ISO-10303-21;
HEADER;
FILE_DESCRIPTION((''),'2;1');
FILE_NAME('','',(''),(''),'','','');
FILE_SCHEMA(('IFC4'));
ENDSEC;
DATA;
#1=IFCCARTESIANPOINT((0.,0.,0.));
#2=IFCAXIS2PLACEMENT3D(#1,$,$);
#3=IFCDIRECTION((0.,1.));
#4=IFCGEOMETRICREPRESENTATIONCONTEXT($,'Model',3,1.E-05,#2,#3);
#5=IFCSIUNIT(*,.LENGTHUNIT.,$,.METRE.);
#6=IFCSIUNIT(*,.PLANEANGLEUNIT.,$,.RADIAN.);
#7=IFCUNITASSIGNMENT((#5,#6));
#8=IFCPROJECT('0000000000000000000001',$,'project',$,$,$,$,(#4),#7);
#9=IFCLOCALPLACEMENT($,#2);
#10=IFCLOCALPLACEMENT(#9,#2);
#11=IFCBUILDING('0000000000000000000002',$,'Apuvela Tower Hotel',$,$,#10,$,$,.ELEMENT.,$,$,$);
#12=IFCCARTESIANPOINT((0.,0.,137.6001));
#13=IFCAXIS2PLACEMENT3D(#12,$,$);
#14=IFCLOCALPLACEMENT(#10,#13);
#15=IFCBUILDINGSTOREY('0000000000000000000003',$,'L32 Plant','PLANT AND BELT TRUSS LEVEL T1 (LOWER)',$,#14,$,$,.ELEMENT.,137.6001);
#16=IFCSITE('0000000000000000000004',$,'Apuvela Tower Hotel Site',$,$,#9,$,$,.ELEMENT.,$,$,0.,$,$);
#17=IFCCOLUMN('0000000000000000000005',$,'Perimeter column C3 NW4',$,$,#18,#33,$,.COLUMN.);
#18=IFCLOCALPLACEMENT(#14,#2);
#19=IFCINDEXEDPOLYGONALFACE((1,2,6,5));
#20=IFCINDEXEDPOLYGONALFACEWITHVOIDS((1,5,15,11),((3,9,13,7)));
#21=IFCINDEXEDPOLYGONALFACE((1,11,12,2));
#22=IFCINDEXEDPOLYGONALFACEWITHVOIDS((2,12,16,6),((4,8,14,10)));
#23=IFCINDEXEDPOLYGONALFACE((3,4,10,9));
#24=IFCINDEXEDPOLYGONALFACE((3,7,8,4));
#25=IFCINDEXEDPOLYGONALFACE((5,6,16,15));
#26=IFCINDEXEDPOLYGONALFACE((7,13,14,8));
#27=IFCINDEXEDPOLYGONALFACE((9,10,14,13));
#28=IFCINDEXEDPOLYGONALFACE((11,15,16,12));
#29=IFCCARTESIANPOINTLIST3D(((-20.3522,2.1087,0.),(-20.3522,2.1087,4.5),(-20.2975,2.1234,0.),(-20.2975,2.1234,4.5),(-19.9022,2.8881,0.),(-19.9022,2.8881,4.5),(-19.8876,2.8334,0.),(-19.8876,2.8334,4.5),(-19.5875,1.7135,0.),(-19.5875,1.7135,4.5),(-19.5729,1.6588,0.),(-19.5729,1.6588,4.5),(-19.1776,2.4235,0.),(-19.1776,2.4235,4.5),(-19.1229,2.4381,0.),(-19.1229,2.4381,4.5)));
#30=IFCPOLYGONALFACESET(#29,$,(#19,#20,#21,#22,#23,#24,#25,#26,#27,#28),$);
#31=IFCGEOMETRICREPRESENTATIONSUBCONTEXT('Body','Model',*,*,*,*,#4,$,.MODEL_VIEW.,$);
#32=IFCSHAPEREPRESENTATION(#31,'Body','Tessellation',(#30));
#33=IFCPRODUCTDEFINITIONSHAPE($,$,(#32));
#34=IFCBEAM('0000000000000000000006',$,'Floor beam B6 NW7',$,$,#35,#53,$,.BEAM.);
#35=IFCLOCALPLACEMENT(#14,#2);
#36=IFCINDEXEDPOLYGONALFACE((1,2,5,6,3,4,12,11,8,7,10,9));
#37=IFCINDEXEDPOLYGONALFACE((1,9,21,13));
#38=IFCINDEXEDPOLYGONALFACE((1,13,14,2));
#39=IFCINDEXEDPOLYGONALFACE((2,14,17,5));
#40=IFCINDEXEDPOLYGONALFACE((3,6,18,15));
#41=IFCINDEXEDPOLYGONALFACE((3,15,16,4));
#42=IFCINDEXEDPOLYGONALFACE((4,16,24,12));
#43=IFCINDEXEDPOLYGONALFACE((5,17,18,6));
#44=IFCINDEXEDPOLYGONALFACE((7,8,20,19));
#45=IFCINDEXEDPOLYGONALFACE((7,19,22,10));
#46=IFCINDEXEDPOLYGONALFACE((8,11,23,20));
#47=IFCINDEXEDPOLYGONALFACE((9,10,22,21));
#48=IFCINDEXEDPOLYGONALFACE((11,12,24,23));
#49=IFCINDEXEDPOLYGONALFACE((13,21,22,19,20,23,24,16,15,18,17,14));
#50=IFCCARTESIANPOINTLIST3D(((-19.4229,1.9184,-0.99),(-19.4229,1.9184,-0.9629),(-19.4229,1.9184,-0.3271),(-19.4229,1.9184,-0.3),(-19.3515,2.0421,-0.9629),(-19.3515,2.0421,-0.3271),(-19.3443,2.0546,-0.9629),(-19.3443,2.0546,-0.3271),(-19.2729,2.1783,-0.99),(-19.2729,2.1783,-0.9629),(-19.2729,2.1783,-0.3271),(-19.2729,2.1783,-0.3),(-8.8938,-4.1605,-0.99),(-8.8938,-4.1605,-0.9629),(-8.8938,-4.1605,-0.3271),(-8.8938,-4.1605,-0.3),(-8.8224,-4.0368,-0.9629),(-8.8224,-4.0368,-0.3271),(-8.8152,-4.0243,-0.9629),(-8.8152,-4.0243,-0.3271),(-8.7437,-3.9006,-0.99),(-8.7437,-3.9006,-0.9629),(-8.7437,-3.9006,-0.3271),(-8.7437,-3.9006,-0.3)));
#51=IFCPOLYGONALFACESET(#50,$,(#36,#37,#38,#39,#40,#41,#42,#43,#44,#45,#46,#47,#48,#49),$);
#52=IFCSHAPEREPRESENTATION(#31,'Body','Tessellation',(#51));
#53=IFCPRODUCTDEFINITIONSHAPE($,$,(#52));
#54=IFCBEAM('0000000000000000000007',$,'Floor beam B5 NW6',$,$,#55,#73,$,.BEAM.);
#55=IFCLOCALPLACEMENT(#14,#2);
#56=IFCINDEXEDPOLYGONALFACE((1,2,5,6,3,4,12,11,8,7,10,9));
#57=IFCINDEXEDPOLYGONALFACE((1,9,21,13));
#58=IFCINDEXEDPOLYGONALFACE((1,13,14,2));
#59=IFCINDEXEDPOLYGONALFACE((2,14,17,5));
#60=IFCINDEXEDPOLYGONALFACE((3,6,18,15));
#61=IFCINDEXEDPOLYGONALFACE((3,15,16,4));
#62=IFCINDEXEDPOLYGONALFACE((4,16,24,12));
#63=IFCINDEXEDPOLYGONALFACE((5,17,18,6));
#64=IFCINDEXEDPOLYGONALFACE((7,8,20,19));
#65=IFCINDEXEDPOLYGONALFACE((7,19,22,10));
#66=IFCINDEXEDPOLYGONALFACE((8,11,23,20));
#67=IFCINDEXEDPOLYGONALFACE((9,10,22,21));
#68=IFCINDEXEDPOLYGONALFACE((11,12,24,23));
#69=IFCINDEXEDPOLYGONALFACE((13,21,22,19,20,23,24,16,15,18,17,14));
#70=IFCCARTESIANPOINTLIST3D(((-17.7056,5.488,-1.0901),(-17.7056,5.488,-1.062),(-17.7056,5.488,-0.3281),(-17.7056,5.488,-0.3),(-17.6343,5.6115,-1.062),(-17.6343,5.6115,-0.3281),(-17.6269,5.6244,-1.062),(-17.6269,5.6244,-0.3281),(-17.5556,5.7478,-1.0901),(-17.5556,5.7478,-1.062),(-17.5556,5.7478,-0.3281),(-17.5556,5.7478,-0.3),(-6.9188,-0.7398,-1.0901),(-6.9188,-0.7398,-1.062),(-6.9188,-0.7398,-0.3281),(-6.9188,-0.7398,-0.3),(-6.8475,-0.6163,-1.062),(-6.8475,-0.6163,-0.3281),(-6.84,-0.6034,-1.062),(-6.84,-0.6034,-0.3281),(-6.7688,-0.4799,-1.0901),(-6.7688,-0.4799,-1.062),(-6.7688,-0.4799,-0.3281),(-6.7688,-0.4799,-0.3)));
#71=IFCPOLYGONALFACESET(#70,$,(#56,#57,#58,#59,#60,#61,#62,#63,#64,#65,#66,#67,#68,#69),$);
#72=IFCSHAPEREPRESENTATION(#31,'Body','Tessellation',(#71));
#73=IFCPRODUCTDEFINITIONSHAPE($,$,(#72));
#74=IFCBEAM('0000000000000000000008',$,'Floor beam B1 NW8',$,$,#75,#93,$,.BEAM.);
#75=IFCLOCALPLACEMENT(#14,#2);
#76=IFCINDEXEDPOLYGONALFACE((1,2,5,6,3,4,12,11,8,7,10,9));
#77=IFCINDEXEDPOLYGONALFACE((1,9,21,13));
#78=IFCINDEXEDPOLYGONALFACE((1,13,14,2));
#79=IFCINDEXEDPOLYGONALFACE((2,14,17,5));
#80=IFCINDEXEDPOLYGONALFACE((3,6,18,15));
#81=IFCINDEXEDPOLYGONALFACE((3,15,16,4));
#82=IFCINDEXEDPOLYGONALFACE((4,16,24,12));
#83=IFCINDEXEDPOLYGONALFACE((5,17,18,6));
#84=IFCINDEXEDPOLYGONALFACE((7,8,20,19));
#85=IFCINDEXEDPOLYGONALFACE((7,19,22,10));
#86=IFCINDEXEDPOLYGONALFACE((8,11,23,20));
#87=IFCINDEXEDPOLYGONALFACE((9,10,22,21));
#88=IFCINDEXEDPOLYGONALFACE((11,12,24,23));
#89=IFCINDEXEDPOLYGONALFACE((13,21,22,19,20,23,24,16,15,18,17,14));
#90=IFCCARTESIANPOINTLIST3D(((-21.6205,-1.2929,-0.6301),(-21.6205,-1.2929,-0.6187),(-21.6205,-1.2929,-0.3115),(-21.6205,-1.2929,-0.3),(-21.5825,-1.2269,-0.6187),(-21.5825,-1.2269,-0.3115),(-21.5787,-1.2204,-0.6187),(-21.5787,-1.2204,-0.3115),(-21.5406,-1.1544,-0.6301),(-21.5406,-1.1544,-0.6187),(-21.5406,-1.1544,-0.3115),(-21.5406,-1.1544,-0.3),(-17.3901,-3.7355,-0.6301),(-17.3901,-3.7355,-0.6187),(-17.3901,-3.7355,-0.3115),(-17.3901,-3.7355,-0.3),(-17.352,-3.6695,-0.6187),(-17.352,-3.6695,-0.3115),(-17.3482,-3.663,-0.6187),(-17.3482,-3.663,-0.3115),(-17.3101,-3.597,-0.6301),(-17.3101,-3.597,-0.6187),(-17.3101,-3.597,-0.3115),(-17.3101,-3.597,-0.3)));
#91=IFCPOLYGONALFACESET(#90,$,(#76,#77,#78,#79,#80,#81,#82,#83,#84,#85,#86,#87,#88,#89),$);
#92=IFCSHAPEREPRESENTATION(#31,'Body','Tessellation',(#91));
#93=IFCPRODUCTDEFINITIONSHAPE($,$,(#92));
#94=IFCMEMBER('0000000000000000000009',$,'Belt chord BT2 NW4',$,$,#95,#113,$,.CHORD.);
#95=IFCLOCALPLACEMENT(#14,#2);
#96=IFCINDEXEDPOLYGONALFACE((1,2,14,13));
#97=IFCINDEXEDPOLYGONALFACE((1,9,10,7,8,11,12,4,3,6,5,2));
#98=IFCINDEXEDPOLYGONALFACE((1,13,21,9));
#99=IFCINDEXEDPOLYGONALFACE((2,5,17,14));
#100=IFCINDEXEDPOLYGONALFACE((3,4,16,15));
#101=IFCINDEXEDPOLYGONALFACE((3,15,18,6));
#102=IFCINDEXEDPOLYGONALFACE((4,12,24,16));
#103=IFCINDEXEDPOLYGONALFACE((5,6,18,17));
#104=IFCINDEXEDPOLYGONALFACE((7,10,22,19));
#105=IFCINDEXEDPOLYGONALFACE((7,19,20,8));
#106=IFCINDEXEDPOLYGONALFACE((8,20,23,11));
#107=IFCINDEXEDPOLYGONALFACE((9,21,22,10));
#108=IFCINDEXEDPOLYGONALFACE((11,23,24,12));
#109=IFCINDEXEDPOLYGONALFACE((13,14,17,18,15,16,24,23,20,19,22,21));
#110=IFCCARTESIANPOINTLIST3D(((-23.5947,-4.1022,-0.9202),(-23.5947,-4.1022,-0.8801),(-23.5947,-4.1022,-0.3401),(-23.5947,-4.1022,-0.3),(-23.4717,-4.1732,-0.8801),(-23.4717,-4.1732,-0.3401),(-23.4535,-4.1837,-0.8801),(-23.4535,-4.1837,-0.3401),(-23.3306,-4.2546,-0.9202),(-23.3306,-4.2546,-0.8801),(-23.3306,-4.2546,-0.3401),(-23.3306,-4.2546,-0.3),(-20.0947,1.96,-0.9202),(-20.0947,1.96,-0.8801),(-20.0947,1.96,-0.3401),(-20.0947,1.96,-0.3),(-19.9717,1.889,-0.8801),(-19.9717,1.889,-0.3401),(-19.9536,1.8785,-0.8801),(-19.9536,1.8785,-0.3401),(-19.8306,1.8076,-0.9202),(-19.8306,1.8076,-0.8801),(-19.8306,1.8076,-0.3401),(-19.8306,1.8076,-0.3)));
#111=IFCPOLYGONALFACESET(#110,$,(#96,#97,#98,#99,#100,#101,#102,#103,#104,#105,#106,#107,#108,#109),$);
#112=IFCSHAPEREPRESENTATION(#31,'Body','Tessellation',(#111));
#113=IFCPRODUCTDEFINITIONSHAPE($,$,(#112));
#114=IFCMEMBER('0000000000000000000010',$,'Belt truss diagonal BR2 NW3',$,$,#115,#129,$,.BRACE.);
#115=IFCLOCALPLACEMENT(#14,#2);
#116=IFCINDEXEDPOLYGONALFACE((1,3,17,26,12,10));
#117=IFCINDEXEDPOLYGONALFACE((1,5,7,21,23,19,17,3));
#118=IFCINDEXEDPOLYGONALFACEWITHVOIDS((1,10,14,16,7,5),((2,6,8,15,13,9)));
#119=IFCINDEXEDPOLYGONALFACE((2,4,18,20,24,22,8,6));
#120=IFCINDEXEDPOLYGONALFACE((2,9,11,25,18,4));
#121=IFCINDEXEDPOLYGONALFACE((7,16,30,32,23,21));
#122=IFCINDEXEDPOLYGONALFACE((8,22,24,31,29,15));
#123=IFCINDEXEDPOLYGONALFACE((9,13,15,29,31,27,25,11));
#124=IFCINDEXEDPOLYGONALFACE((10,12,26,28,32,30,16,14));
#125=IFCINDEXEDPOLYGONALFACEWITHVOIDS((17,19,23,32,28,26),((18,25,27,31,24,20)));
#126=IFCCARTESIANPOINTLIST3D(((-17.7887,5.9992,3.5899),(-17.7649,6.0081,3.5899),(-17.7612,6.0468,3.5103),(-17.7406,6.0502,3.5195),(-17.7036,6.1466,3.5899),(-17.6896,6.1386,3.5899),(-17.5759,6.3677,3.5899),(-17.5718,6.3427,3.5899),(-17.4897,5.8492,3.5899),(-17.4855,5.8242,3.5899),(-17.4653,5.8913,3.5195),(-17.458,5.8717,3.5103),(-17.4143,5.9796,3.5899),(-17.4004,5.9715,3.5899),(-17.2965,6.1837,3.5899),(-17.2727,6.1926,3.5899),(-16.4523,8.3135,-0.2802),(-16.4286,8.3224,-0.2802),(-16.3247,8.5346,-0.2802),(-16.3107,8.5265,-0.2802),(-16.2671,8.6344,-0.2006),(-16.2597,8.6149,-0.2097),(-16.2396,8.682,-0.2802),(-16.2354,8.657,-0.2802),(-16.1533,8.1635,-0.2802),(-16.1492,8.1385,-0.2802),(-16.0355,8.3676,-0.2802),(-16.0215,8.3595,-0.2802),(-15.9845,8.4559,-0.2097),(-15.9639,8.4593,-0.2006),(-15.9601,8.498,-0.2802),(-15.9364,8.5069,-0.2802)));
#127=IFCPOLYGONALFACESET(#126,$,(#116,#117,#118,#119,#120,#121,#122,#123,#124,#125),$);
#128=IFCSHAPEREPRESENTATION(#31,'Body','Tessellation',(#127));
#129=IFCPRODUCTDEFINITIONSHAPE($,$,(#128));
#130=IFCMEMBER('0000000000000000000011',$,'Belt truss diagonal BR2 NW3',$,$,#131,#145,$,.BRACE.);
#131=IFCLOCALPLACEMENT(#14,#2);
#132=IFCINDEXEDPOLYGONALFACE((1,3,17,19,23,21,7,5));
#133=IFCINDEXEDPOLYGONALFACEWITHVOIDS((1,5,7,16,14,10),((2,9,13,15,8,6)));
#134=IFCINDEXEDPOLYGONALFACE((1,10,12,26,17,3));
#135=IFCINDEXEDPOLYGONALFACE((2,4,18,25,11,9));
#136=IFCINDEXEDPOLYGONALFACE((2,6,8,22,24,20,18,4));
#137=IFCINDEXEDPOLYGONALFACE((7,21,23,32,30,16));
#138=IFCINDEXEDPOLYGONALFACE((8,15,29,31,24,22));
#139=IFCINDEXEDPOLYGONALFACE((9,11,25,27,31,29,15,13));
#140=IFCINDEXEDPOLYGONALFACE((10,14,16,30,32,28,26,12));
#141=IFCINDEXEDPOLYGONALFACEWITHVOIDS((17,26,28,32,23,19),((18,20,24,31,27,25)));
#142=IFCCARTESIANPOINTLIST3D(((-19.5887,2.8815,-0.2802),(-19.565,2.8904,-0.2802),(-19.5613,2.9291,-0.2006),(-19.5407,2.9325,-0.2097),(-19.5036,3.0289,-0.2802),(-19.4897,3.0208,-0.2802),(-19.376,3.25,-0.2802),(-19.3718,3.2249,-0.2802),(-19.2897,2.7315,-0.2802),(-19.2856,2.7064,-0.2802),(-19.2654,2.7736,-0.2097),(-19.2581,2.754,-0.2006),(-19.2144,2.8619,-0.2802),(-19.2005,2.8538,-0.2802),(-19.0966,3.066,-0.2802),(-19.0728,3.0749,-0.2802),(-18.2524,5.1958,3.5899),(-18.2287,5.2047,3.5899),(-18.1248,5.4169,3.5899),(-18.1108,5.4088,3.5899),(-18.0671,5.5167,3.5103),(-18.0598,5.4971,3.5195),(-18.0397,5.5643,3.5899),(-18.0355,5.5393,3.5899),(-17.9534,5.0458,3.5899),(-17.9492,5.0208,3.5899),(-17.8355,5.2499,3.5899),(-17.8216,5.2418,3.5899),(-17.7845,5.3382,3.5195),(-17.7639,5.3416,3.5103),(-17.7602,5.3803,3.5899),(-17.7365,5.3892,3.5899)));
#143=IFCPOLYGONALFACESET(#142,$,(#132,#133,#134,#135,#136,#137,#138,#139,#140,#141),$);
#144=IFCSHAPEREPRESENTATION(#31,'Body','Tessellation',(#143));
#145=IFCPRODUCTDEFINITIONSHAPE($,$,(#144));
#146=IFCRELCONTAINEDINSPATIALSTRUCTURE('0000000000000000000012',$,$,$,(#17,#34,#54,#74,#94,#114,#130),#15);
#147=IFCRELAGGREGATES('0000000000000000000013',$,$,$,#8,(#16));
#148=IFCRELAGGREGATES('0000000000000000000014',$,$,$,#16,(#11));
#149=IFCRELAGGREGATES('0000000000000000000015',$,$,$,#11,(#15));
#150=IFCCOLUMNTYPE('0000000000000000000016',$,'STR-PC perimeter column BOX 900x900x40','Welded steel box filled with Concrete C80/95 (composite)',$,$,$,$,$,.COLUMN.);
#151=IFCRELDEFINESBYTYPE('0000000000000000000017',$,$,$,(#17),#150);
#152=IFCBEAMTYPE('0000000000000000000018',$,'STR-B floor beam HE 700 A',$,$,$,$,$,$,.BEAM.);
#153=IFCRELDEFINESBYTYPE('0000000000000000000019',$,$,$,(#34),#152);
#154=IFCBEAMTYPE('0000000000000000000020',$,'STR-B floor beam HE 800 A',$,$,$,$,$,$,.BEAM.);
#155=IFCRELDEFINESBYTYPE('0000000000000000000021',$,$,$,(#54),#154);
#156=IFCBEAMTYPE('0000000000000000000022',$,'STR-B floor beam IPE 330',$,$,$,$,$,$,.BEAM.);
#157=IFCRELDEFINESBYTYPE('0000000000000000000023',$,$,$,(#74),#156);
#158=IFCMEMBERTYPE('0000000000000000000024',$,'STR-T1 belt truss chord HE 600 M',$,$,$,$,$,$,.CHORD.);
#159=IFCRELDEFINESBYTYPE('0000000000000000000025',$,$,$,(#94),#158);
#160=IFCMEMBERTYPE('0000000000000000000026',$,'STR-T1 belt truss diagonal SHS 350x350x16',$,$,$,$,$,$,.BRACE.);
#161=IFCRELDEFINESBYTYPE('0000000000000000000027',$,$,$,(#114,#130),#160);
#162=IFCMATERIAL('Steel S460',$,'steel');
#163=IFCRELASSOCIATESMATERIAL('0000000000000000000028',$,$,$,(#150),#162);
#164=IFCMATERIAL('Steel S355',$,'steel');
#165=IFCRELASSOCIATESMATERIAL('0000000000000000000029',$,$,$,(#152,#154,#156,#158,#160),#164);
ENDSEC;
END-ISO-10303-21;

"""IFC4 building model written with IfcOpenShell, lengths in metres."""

from ifc_helpers import new_model, si_unit, direction, frame, origin, origin_2d, place, context, subcontext, project, spatial, rectangle, hollow_rectangle, i_section, extrude, boolean, halfspace, material, material_profile, profile_set, type_object, element, save


model = new_model("IFC4")

# Units and contexts
model_context = context("Model", 3, precision=1e-05, world=origin(), true_north=direction((0.0, 1.0)))
body_context = subcontext(model_context, "Body", "Model", "MODEL_VIEW")
ifc_project = project(units=[si_unit("LENGTHUNIT", "METRE"), si_unit("PLANEANGLEUNIT", "RADIAN")], contexts=[model_context])

# Site, building, storey
site_placement = place(None, origin())
site = spatial("IfcSite", under=ifc_project, at=site_placement, Name="Apuvela Tower Hotel Site", CompositionType="ELEMENT", RefElevation=0.0)
building_placement = place(site_placement, origin())
building = spatial("IfcBuilding", under=site, at=building_placement, Name="Apuvela Tower Hotel", CompositionType="ELEMENT")
storey_placement = place(building_placement, frame((0.0, 0.0, 137.6001)))
storey = spatial("IfcBuildingStorey", under=building, at=storey_placement, Name="L32 Plant", Description="PLANT AND BELT TRUSS LEVEL T1 (LOWER)", CompositionType="ELEMENT", Elevation=137.6001)

# Column
ifc_material_1 = material(Name="Steel S460", Category="steel")
ifc_material_profile_1 = material_profile(ifc_material_1, hollow_rectangle(XDim=0.8999, YDim=0.8999, WallThickness=0.04, at=origin_2d()), Name="BOX 900x900x40")
ifc_material_2 = material(Name="Concrete C80/95", Category="concrete")
ifc_material_profile_2 = material_profile(ifc_material_2, rectangle(XDim=0.8201, YDim=0.8201, at=origin_2d()), Name="Concrete C80/95 infill")
ifc_profile_set_1 = profile_set([ifc_material_profile_1, ifc_material_profile_2], Name="Steel S460")
column_type = type_object("IfcColumnType", Name="STR-PC perimeter column BOX 900x900x40", Description="Welded steel box filled with Concrete C80/95 (composite)", PredefinedType="COLUMN", material=ifc_profile_set_1)
column_placement = place(storey_placement, frame((-19.7375, 2.2734, 0.0), z_axis=(0.0, 0.0, 1.0), x_axis=(0.5, 0.866025, 0.0)))
element("IfcColumn", 1, at=column_placement, inside=storey, type_object=column_type, Name="Perimeter column C3 NW4", PredefinedType="COLUMN", context=body_context, shape_type="SweptSolid", body=[
    extrude(hollow_rectangle(XDim=0.8999, YDim=0.8999, WallThickness=0.04, at=origin_2d()), origin(), (0.0, 0.0, 1.0), 4.5),
])

# Beams
ifc_material_3 = material(Name="Steel S355", Category="steel")
ifc_material_profile_3 = material_profile(ifc_material_3, i_section(OverallWidth=0.3, OverallDepth=0.6899, WebThickness=0.0144, FlangeThickness=0.0271, at=origin_2d()), Name="HE 700 A")
ifc_profile_set_2 = profile_set([ifc_material_profile_3], Name="Steel S355")
beam_type_1 = type_object("IfcBeamType", Name="STR-B floor beam HE 700 A", PredefinedType="BEAM", material=ifc_profile_set_2)
beam_1_placement = place(storey_placement, frame((-19.3479, 2.0483, -0.645), z_axis=(0.866029, -0.499994, 0.0), x_axis=(0.499994, 0.866029, 0.0)))
element("IfcBeam", 2, at=beam_1_placement, inside=storey, type_object=beam_type_1, Name="Floor beam B6 NW7", PredefinedType="BEAM", context=body_context, shape_type="SweptSolid", body=[
    extrude(i_section(OverallWidth=0.3, OverallDepth=0.6899, WebThickness=0.0144, FlangeThickness=0.0271, at=origin_2d()), origin(), (0.0, 0.0, 1.0), 12.158),
])
ifc_material_profile_4 = material_profile(ifc_material_3, i_section(OverallWidth=0.3, OverallDepth=0.79, WebThickness=0.0149, FlangeThickness=0.0281, at=origin_2d()), Name="HE 800 A")
ifc_profile_set_3 = profile_set([ifc_material_profile_4], Name="Steel S355")
beam_type_2 = type_object("IfcBeamType", Name="STR-B floor beam HE 800 A", PredefinedType="BEAM", material=ifc_profile_set_3)
beam_2_placement = place(storey_placement, frame((-17.6306, 5.6179, -0.6951), z_axis=(0.866026, -0.499999, 0.0), x_axis=(0.499999, 0.866026, 0.0)))
element("IfcBeam", 3, at=beam_2_placement, inside=storey, type_object=beam_type_2, Name="Floor beam B5 NW6", PredefinedType="BEAM", context=body_context, shape_type="SweptSolid", body=[
    extrude(i_section(OverallWidth=0.3, OverallDepth=0.79, WebThickness=0.0149, FlangeThickness=0.0281, at=origin_2d()), origin(), (0.0, 0.0, 1.0), 12.4556),
])
ifc_material_profile_5 = material_profile(ifc_material_3, i_section(OverallWidth=0.1599, OverallDepth=0.3301, WebThickness=0.0076, FlangeThickness=0.0115, at=origin_2d()), Name="IPE 330")
ifc_profile_set_4 = profile_set([ifc_material_profile_5], Name="Steel S355")
beam_type_3 = type_object("IfcBeamType", Name="STR-B floor beam IPE 330", PredefinedType="BEAM", material=ifc_profile_set_4)
beam_3_placement = place(storey_placement, frame((-21.5806, -1.2236, -0.4651), z_axis=(0.866011, -0.500025, 0.0), x_axis=(0.500025, 0.866011, 0.0)))
element("IfcBeam", 4, at=beam_3_placement, inside=storey, type_object=beam_type_3, Name="Floor beam B1 NW8", PredefinedType="BEAM", context=body_context, shape_type="SweptSolid", body=[
    extrude(i_section(OverallWidth=0.1599, OverallDepth=0.3301, WebThickness=0.0076, FlangeThickness=0.0115, at=origin_2d()), origin(), (0.0, 0.0, 1.0), 4.885),
])

# Members
ifc_material_profile_6 = material_profile(ifc_material_3, i_section(OverallWidth=0.3049, OverallDepth=0.6201, WebThickness=0.021, FlangeThickness=0.04, at=origin_2d()), Name="HE 600 M")
ifc_profile_set_5 = profile_set([ifc_material_profile_6], Name="Steel S355")
member_type_1 = type_object("IfcMemberType", Name="STR-T1 belt truss chord HE 600 M", PredefinedType="CHORD", material=ifc_profile_set_5)
member_1_placement = place(storey_placement, frame((-19.9626, 1.8838, -0.6101), z_axis=(-0.499995, -0.866028, 0.0), x_axis=(0.866028, -0.499995, 0.0)))
element("IfcMember", 5, at=member_1_placement, inside=storey, type_object=member_type_1, Name="Belt chord BT2 NW4", PredefinedType="CHORD", context=body_context, shape_type="SweptSolid", body=[
    extrude(i_section(OverallWidth=0.3049, OverallDepth=0.6201, WebThickness=0.021, FlangeThickness=0.04, at=origin_2d()), origin(), (0.0, 0.0, 1.0), 7.0),
])
ifc_material_profile_7 = material_profile(ifc_material_3, hollow_rectangle(XDim=0.3501, YDim=0.3501, WallThickness=0.0161, at=origin_2d()), Name="SHS 350x350x16")
ifc_profile_set_6 = profile_set([ifc_material_profile_7], Name="Steel S355")
member_type_2 = type_object("IfcMemberType", Name="STR-T1 belt truss diagonal SHS 350x350x16", PredefinedType="BRACE", material=ifc_profile_set_6)
member_2_placement = place(storey_placement, frame((-16.1875, 8.4221, -0.3), z_axis=(-0.284139, -0.49208, 0.822874), x_axis=(0.411477, 0.712607, 0.568224)))
solid_1 = boolean("DIFFERENCE", boolean("DIFFERENCE", extrude(hollow_rectangle(XDim=0.3501, YDim=0.3501, WallThickness=0.0161, at=origin_2d()), frame((0.0, 0.0, -0.2407)), (0.0, 0.0, 1.0), 5.2332), halfspace(frame((0.0, 0.0, 0.0242), z_axis=(0.568224, 0.0, 0.822874), x_axis=(0.822874, 0.0, -0.568224)), True)), halfspace(frame((0.0, 0.0, 4.7273), z_axis=(0.568224, 0.0, 0.822874), x_axis=(0.822874, 0.0, -0.568224)), False))
element("IfcMember", 6, at=member_2_placement, inside=storey, type_object=member_type_2, Name="Belt truss diagonal BR2 NW3", PredefinedType="BRACE", context=body_context, shape_type="SweptSolid", body=[
    boolean("UNION", boolean("DIFFERENCE", boolean("DIFFERENCE", extrude(hollow_rectangle(XDim=0.3501, YDim=0.3501, WallThickness=0.0161, at=origin_2d()), origin(), (0.0, 0.0, 1.0), 4.7515), halfspace(frame((0.0, 0.0, 0.0242), z_axis=(0.568224, 0.0, 0.822874), x_axis=(0.822874, 0.0, -0.568224)), True)), halfspace(frame((0.0, 0.0, 4.7273), z_axis=(0.568224, 0.0, 0.822874), x_axis=(0.822874, 0.0, -0.568224)), False)), solid_1),
])
member_3_placement = place(storey_placement, frame((-19.3376, 2.9663, -0.3), z_axis=(0.284139, 0.49208, 0.822874), x_axis=(-0.411477, -0.712607, 0.568224)))
solid_2 = boolean("DIFFERENCE", boolean("DIFFERENCE", extrude(hollow_rectangle(XDim=0.3501, YDim=0.3501, WallThickness=0.0161, at=origin_2d()), frame((0.0, 0.0, -0.2407)), (0.0, 0.0, 1.0), 5.2332), halfspace(frame((0.0, 0.0, 0.0242), z_axis=(0.568224, 0.0, 0.822874), x_axis=(0.822874, 0.0, -0.568224)), True)), halfspace(frame((0.0, 0.0, 4.7273), z_axis=(0.568224, 0.0, 0.822874), x_axis=(0.822874, 0.0, -0.568224)), False))
element("IfcMember", 7, at=member_3_placement, inside=storey, type_object=member_type_2, Name="Belt truss diagonal BR2 NW3", PredefinedType="BRACE", context=body_context, shape_type="SweptSolid", body=[
    boolean("UNION", boolean("DIFFERENCE", boolean("DIFFERENCE", extrude(hollow_rectangle(XDim=0.3501, YDim=0.3501, WallThickness=0.0161, at=origin_2d()), origin(), (0.0, 0.0, 1.0), 4.7515), halfspace(frame((0.0, 0.0, 0.0242), z_axis=(0.568224, 0.0, 0.822874), x_axis=(0.822874, 0.0, -0.568224)), True)), halfspace(frame((0.0, 0.0, 4.7273), z_axis=(0.568224, 0.0, 0.822874), x_axis=(0.822874, 0.0, -0.568224)), False)), solid_2),
])

save(model, "model.ifc")
